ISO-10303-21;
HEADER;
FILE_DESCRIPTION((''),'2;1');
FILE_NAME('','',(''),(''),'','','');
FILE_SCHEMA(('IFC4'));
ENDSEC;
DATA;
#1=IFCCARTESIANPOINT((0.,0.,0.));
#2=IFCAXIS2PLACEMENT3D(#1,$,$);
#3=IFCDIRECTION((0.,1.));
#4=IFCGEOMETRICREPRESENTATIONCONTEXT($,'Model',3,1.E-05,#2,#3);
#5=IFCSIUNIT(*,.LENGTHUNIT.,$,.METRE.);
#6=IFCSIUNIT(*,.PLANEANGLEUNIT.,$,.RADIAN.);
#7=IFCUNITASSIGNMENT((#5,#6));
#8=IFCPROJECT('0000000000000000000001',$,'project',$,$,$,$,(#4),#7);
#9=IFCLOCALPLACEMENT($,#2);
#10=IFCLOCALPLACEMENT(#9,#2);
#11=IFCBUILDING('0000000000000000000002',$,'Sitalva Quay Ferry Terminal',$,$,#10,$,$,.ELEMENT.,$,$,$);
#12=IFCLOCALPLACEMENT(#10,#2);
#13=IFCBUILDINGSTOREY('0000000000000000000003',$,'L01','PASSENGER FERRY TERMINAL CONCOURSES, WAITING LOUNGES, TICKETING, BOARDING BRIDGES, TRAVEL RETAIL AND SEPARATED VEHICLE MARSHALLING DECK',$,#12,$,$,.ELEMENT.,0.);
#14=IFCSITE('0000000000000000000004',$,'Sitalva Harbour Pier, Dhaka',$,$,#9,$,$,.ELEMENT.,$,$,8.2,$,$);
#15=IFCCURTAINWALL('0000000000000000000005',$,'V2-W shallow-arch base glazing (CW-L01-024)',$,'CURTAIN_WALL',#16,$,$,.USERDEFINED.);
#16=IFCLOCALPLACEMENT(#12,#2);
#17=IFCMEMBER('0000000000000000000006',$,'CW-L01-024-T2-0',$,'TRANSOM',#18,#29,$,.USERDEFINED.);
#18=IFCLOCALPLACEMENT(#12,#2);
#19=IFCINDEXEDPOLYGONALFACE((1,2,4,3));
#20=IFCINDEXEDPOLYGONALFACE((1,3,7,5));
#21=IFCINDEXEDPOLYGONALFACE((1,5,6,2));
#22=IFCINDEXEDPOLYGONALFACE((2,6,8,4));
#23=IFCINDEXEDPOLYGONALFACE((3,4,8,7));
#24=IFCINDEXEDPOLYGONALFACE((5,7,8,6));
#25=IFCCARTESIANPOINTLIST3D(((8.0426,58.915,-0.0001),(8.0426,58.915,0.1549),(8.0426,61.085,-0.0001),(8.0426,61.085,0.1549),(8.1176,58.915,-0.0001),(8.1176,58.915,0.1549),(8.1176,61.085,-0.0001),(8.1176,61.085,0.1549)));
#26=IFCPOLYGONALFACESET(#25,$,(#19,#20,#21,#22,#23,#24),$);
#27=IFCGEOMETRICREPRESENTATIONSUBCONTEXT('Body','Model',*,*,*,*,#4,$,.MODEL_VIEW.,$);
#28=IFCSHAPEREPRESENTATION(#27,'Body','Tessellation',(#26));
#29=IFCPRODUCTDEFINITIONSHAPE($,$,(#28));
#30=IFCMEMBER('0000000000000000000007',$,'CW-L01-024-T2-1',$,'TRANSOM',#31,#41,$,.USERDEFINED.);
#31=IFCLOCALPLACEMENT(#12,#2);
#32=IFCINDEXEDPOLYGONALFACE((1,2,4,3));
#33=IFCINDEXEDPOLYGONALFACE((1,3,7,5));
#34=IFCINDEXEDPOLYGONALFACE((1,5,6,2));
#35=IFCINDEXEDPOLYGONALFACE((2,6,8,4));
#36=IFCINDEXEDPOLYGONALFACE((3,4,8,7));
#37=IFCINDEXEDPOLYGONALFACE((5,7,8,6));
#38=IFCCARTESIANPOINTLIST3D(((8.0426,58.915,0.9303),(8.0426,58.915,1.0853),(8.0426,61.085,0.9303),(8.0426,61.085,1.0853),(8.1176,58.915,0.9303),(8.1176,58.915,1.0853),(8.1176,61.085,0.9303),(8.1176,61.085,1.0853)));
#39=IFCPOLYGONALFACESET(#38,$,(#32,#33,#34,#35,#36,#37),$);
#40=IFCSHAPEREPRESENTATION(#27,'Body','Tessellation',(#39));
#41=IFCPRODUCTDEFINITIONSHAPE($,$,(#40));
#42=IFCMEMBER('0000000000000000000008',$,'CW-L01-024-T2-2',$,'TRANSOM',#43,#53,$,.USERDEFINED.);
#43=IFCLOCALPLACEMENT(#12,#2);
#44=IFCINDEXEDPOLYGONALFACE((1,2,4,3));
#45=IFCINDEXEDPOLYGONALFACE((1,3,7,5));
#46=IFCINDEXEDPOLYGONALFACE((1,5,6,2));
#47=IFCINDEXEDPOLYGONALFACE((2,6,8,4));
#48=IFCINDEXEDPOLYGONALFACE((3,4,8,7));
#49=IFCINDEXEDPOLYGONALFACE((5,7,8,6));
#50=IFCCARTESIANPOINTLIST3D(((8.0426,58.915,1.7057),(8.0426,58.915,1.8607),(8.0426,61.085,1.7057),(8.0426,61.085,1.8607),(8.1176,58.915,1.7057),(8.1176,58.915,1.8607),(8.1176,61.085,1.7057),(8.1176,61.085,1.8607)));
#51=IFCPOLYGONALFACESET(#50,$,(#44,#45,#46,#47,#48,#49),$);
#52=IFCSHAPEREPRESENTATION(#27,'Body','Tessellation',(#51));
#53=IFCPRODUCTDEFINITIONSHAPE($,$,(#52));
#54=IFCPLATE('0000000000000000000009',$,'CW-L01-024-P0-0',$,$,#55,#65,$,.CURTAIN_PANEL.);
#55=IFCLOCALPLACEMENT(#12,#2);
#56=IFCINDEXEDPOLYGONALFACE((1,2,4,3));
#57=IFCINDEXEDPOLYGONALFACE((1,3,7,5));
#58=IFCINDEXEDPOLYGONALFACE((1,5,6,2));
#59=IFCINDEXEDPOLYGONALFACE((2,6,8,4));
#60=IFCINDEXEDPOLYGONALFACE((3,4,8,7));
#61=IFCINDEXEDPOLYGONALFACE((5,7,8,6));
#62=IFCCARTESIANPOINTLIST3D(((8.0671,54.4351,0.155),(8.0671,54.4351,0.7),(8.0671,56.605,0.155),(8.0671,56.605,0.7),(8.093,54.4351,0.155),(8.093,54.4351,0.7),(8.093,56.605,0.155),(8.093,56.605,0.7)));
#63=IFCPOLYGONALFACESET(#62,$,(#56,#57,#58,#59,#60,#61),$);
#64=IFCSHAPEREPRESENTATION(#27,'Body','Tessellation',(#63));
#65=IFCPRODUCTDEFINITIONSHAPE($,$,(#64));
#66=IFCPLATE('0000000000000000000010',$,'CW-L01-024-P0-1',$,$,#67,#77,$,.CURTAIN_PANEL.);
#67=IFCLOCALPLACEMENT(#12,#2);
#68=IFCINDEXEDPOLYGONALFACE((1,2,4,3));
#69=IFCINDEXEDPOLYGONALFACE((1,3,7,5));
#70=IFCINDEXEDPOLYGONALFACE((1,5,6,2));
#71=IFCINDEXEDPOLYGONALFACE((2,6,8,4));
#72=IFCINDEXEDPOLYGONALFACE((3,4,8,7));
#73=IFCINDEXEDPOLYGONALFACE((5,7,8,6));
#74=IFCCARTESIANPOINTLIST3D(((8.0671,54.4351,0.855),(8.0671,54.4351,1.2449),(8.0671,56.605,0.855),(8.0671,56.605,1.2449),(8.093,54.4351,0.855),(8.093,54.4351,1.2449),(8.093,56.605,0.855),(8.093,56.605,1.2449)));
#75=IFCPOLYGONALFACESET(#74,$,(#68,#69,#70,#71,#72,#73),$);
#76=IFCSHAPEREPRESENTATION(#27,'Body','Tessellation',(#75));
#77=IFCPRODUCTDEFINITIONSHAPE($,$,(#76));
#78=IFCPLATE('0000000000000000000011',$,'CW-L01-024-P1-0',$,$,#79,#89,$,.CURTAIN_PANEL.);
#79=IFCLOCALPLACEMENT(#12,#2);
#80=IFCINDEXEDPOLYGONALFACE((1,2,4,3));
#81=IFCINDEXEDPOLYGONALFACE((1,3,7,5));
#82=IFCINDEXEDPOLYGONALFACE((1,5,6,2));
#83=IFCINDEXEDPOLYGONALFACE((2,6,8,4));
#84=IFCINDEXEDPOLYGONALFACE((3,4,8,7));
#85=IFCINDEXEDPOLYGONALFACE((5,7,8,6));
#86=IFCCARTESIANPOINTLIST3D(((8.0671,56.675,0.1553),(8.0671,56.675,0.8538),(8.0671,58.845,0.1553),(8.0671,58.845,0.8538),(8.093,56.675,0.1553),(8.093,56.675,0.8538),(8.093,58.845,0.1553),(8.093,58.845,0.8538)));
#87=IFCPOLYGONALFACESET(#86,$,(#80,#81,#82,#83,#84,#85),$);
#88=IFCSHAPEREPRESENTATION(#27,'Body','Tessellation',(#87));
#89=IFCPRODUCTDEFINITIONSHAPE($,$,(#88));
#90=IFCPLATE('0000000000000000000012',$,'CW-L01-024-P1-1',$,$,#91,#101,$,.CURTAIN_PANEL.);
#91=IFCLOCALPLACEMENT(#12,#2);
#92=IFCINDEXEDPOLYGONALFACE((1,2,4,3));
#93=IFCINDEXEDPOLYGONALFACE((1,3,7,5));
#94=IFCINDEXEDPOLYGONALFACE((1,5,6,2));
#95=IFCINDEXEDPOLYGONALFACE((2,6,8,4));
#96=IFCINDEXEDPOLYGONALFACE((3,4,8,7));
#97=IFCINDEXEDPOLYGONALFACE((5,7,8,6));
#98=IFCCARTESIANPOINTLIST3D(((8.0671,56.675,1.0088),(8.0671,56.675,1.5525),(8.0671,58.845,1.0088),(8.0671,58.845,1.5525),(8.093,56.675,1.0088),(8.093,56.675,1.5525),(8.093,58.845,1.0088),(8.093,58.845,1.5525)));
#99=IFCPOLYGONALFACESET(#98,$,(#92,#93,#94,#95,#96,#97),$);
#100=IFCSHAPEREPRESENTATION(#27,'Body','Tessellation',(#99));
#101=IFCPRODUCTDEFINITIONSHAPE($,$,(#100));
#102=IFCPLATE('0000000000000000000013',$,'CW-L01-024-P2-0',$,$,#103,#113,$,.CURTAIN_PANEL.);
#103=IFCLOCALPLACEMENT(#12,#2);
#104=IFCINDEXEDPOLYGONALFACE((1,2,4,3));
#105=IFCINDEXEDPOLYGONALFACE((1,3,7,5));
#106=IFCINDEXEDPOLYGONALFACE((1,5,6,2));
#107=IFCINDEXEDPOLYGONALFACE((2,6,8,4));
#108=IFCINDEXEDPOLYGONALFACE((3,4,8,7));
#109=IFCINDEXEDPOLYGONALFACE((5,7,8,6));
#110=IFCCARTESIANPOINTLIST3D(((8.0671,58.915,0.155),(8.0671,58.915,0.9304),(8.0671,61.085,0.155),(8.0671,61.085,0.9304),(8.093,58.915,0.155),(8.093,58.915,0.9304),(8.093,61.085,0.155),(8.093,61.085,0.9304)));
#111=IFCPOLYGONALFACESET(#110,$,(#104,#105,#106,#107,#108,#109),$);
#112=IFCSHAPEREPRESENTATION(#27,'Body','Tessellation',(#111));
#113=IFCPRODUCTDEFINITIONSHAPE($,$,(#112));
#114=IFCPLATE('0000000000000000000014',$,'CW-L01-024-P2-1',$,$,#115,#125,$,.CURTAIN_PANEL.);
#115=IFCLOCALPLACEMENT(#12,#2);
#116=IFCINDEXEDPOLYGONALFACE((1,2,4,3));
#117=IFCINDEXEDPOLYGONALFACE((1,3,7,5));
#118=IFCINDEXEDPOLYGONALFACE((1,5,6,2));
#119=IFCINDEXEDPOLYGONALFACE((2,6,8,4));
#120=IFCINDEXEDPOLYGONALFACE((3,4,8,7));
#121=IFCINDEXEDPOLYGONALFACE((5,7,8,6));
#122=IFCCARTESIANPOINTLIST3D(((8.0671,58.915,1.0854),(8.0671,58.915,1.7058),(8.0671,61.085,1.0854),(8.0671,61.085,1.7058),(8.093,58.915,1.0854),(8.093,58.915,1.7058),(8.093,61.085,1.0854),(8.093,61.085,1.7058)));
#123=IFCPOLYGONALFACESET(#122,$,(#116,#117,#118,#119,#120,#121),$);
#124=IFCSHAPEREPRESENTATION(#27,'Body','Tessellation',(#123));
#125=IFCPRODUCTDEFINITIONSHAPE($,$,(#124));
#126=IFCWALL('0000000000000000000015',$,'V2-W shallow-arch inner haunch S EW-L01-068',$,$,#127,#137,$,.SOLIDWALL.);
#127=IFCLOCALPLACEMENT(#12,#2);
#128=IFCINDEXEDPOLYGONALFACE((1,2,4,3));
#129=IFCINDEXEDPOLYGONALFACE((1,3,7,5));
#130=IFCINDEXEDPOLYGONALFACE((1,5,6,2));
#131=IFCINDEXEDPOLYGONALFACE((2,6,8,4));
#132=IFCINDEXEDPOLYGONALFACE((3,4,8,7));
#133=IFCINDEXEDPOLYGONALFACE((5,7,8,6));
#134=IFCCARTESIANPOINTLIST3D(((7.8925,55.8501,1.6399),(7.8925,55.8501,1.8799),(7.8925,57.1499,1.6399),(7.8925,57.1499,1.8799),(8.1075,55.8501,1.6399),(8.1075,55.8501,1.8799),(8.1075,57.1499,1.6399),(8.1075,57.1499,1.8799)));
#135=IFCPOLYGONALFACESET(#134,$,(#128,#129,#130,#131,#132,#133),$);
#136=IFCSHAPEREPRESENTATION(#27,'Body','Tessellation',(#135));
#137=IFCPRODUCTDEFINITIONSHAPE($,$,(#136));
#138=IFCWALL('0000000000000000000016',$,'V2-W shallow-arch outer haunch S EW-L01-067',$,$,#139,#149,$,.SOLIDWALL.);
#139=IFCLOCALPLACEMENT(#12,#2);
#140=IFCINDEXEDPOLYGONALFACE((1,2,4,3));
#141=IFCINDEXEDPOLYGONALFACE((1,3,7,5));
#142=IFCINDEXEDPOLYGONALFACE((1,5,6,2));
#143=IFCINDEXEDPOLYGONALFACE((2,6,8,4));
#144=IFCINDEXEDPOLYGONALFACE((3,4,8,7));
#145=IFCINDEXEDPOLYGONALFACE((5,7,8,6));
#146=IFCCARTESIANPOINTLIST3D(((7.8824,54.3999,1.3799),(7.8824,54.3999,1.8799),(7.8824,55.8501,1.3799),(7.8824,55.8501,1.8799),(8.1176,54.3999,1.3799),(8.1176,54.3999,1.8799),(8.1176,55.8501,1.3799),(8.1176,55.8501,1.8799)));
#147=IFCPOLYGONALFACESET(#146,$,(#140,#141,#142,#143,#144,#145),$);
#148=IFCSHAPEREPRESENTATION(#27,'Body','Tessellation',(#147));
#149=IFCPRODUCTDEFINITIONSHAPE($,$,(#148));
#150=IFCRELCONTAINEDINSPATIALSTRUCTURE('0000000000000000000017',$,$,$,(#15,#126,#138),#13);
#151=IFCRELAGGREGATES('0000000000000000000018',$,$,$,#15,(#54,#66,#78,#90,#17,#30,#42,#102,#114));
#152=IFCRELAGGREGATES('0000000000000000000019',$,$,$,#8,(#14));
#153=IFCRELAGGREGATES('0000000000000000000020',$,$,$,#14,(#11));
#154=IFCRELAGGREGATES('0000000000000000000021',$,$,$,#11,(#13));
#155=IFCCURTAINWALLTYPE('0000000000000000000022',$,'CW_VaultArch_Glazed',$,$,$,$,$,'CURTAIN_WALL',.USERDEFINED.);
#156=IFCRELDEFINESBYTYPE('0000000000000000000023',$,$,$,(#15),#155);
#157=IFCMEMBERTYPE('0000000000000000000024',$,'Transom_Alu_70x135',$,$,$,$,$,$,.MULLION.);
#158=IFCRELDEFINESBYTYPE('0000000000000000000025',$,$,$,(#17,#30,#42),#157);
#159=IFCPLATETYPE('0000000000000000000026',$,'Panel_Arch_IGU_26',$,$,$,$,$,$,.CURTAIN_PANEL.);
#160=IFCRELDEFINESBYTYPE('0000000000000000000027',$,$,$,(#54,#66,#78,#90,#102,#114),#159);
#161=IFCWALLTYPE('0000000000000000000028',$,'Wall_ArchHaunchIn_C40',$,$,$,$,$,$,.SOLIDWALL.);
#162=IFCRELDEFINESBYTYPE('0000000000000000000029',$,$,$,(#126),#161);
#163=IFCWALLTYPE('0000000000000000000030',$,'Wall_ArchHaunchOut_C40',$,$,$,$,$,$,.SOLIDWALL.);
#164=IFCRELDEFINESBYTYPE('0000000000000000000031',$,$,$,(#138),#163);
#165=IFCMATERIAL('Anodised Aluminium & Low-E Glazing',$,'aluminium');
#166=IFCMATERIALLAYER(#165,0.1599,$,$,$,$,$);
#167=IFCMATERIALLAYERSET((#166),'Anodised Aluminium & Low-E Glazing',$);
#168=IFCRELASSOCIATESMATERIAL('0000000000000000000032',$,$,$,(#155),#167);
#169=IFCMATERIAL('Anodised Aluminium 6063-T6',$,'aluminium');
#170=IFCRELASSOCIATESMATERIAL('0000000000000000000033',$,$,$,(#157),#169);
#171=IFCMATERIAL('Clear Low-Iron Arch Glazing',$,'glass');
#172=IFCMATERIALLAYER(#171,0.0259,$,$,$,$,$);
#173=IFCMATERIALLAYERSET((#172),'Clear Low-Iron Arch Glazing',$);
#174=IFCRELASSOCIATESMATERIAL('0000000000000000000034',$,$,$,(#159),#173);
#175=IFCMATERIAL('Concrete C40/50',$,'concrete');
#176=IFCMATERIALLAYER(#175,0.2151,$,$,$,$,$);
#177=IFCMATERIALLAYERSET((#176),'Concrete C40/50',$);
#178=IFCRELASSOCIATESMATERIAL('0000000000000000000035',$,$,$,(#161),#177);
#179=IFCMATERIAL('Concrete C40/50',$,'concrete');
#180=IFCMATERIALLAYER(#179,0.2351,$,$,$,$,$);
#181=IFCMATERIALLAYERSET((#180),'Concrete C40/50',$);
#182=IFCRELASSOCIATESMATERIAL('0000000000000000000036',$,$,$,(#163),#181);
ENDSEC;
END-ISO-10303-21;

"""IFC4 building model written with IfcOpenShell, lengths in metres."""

from ifc_helpers import new_model, si_unit, direction, frame, frame_2d, origin, origin_2d, place, context, subcontext, project, spatial, rectangle, extrude, material, layer, layer_set, material_profile, profile_set, type_object, element, aggregate, save


model = new_model("IFC4")

# Units and contexts
model_context = context("Model", 3, precision=1e-05, world=origin(), true_north=direction((0.0, 1.0)))
body_context = subcontext(model_context, "Body", "Model", "MODEL_VIEW")
ifc_project = project(units=[si_unit("LENGTHUNIT", "METRE"), si_unit("PLANEANGLEUNIT", "RADIAN")], contexts=[model_context])

# Site, building, storey
site_placement = place(None, origin())
site = spatial("IfcSite", under=ifc_project, at=site_placement, Name="Sitalva Harbour Pier, Dhaka", CompositionType="ELEMENT", RefElevation=8.2)
building_placement = place(site_placement, origin())
building = spatial("IfcBuilding", under=site, at=building_placement, Name="Sitalva Quay Ferry Terminal", CompositionType="ELEMENT")
storey_placement = place(building_placement, origin())
storey = spatial("IfcBuildingStorey", under=building, at=storey_placement, Name="L01", Description="PASSENGER FERRY TERMINAL CONCOURSES, WAITING LOUNGES, TICKETING, BOARDING BRIDGES, TRAVEL RETAIL AND SEPARATED VEHICLE MARSHALLING DECK", CompositionType="ELEMENT", Elevation=0.0)

# Curtain wall, members, plates
ifc_material_1 = material(Name="Anodised Aluminium & Low-E Glazing", Category="aluminium")
ifc_layer_1 = layer(ifc_material_1, 0.1599)
ifc_layer_set_1 = layer_set([ifc_layer_1], Name="Anodised Aluminium & Low-E Glazing")
curtain_wall_type = type_object("IfcCurtainWallType", Name="CW_VaultArch_Glazed", ElementType="CURTAIN_WALL", PredefinedType="USERDEFINED", material=ifc_layer_set_1)
curtain_wall_placement = place(storey_placement, origin())
curtain_wall = element("IfcCurtainWall", 1, at=curtain_wall_placement, inside=storey, type_object=curtain_wall_type, Name="V2-W shallow-arch base glazing (CW-L01-024)", ObjectType="CURTAIN_WALL", PredefinedType="USERDEFINED")
ifc_material_2 = material(Name="Anodised Aluminium 6063-T6", Category="aluminium")
ifc_material_profile_1 = material_profile(ifc_material_2, rectangle(XDim=0.075, YDim=0.155, at=origin_2d()), Name="ALU75x155")
ifc_profile_set_1 = profile_set([ifc_material_profile_1], Name="Anodised Aluminium 6063-T6")
member_type_1 = type_object("IfcMemberType", Name="Transom_Alu_70x135", PredefinedType="MULLION", material=ifc_profile_set_1)
member_1_placement = place(storey_placement, frame((8.0801, 58.915, 0.0774), z_axis=(0.0, 1.0, 0.0), x_axis=(-1.0, 0.0, 0.0)))
member_1 = element("IfcMember", 2, at=member_1_placement, type_object=member_type_1, Name="CW-L01-024-T2-0", ObjectType="TRANSOM", PredefinedType="USERDEFINED", context=body_context, shape_type="SweptSolid", body=[
    extrude(rectangle(XDim=0.075, YDim=0.155, at=origin_2d()), origin(), (0.0, 0.0, 1.0), 2.1699),
])
member_2_placement = place(storey_placement, frame((8.0801, 58.915, 1.0078), z_axis=(0.0, 1.0, 0.0), x_axis=(-1.0, 0.0, 0.0)))
member_2 = element("IfcMember", 3, at=member_2_placement, type_object=member_type_1, Name="CW-L01-024-T2-1", ObjectType="TRANSOM", PredefinedType="USERDEFINED", context=body_context, shape_type="SweptSolid", body=[
    extrude(rectangle(XDim=0.075, YDim=0.155, at=origin_2d()), origin(), (0.0, 0.0, 1.0), 2.1699),
])
member_3_placement = place(storey_placement, frame((8.0801, 58.915, 1.7832), z_axis=(0.0, 1.0, 0.0), x_axis=(-1.0, 0.0, 0.0)))
member_3 = element("IfcMember", 4, at=member_3_placement, type_object=member_type_1, Name="CW-L01-024-T2-2", ObjectType="TRANSOM", PredefinedType="USERDEFINED", context=body_context, shape_type="SweptSolid", body=[
    extrude(rectangle(XDim=0.075, YDim=0.155, at=origin_2d()), origin(), (0.0, 0.0, 1.0), 2.1699),
])
ifc_material_3 = material(Name="Clear Low-Iron Arch Glazing", Category="glass")
ifc_layer_2 = layer(ifc_material_3, 0.0259)
ifc_layer_set_2 = layer_set([ifc_layer_2], Name="Clear Low-Iron Arch Glazing")
plate_type = type_object("IfcPlateType", Name="Panel_Arch_IGU_26", PredefinedType="CURTAIN_PANEL", material=ifc_layer_set_2)
plate_1_placement = place(storey_placement, frame((8.0801, 55.52, 0.155), z_axis=(0.0, 0.0, 1.0), x_axis=(0.0, 1.0, 0.0)))
plate_1 = element("IfcPlate", 5, at=plate_1_placement, type_object=plate_type, Name="CW-L01-024-P0-0", PredefinedType="CURTAIN_PANEL", context=body_context, shape_type="SweptSolid", body=[
    extrude(rectangle(XDim=2.1699, YDim=0.0259, at=origin_2d()), origin(), (0.0, 0.0, 1.0), 0.5449),
])
plate_2_placement = place(storey_placement, frame((8.0801, 55.52, 0.855), z_axis=(0.0, 0.0, 1.0), x_axis=(0.0, 1.0, 0.0)))
plate_2 = element("IfcPlate", 6, at=plate_2_placement, type_object=plate_type, Name="CW-L01-024-P0-1", PredefinedType="CURTAIN_PANEL", context=body_context, shape_type="SweptSolid", body=[
    extrude(rectangle(XDim=2.1699, YDim=0.0259, at=origin_2d()), origin(), (0.0, 0.0, 1.0), 0.3899),
])
plate_3_placement = place(storey_placement, frame((8.0801, 57.76, 0.1553), z_axis=(0.0, 0.0, 1.0), x_axis=(0.0, 1.0, 0.0)))
plate_3 = element("IfcPlate", 7, at=plate_3_placement, type_object=plate_type, Name="CW-L01-024-P1-0", PredefinedType="CURTAIN_PANEL", context=body_context, shape_type="SweptSolid", body=[
    extrude(rectangle(XDim=2.1699, YDim=0.0259, at=origin_2d()), origin(), (0.0, 0.0, 1.0), 0.6985),
])
plate_4_placement = place(storey_placement, frame((8.0801, 57.76, 1.0088), z_axis=(0.0, 0.0, 1.0), x_axis=(0.0, 1.0, 0.0)))
plate_4 = element("IfcPlate", 8, at=plate_4_placement, type_object=plate_type, Name="CW-L01-024-P1-1", PredefinedType="CURTAIN_PANEL", context=body_context, shape_type="SweptSolid", body=[
    extrude(rectangle(XDim=2.1699, YDim=0.0259, at=origin_2d()), origin(), (0.0, 0.0, 1.0), 0.5437),
])
plate_5_placement = place(storey_placement, frame((8.0801, 60.0, 0.155), z_axis=(0.0, 0.0, 1.0), x_axis=(0.0, 1.0, 0.0)))
plate_5 = element("IfcPlate", 9, at=plate_5_placement, type_object=plate_type, Name="CW-L01-024-P2-0", PredefinedType="CURTAIN_PANEL", context=body_context, shape_type="SweptSolid", body=[
    extrude(rectangle(XDim=2.1699, YDim=0.0259, at=origin_2d()), origin(), (0.0, 0.0, 1.0), 0.7754),
])
plate_6_placement = place(storey_placement, frame((8.0801, 60.0, 1.0854), z_axis=(0.0, 0.0, 1.0), x_axis=(0.0, 1.0, 0.0)))
plate_6 = element("IfcPlate", 10, at=plate_6_placement, type_object=plate_type, Name="CW-L01-024-P2-1", PredefinedType="CURTAIN_PANEL", context=body_context, shape_type="SweptSolid", body=[
    extrude(rectangle(XDim=2.1699, YDim=0.0259, at=origin_2d()), origin(), (0.0, 0.0, 1.0), 0.6204),
])
aggregate(curtain_wall, [plate_1, plate_2, plate_3, plate_4, member_1, member_2, member_3, plate_5, plate_6])

# Walls
ifc_material_4 = material(Name="Concrete C40/50", Category="concrete")
ifc_layer_3 = layer(ifc_material_4, 0.2151)
ifc_layer_set_3 = layer_set([ifc_layer_3], Name="Concrete C40/50")
wall_type_1 = type_object("IfcWallType", Name="Wall_ArchHaunchIn_C40", PredefinedType="SOLIDWALL", material=ifc_layer_set_3)
wall_1_placement = place(storey_placement, frame((8.0, 55.8501, 1.6399), z_axis=(0.0, 0.0, 1.0), x_axis=(0.0, 1.0, 0.0)))
element("IfcWall", 11, at=wall_1_placement, inside=storey, type_object=wall_type_1, Name="V2-W shallow-arch inner haunch S EW-L01-068", PredefinedType="SOLIDWALL", context=body_context, shape_type="SweptSolid", body=[
    extrude(rectangle(XDim=1.2998, YDim=0.2151, at=frame_2d((0.6499, 0.0))), origin(), (0.0, 0.0, 1.0), 0.24),
])
ifc_material_5 = material(Name="Concrete C40/50", Category="concrete")
ifc_layer_4 = layer(ifc_material_5, 0.2351)
ifc_layer_set_4 = layer_set([ifc_layer_4], Name="Concrete C40/50")
wall_type_2 = type_object("IfcWallType", Name="Wall_ArchHaunchOut_C40", PredefinedType="SOLIDWALL", material=ifc_layer_set_4)
wall_2_placement = place(storey_placement, frame((8.0, 54.3999, 1.3799), z_axis=(0.0, 0.0, 1.0), x_axis=(0.0, 1.0, 0.0)))
element("IfcWall", 12, at=wall_2_placement, inside=storey, type_object=wall_type_2, Name="V2-W shallow-arch outer haunch S EW-L01-067", PredefinedType="SOLIDWALL", context=body_context, shape_type="SweptSolid", body=[
    extrude(rectangle(XDim=1.4502, YDim=0.2351, at=frame_2d((0.7251, 0.0))), origin(), (0.0, 0.0, 1.0), 0.5),
])

save(model, "model.ifc")
